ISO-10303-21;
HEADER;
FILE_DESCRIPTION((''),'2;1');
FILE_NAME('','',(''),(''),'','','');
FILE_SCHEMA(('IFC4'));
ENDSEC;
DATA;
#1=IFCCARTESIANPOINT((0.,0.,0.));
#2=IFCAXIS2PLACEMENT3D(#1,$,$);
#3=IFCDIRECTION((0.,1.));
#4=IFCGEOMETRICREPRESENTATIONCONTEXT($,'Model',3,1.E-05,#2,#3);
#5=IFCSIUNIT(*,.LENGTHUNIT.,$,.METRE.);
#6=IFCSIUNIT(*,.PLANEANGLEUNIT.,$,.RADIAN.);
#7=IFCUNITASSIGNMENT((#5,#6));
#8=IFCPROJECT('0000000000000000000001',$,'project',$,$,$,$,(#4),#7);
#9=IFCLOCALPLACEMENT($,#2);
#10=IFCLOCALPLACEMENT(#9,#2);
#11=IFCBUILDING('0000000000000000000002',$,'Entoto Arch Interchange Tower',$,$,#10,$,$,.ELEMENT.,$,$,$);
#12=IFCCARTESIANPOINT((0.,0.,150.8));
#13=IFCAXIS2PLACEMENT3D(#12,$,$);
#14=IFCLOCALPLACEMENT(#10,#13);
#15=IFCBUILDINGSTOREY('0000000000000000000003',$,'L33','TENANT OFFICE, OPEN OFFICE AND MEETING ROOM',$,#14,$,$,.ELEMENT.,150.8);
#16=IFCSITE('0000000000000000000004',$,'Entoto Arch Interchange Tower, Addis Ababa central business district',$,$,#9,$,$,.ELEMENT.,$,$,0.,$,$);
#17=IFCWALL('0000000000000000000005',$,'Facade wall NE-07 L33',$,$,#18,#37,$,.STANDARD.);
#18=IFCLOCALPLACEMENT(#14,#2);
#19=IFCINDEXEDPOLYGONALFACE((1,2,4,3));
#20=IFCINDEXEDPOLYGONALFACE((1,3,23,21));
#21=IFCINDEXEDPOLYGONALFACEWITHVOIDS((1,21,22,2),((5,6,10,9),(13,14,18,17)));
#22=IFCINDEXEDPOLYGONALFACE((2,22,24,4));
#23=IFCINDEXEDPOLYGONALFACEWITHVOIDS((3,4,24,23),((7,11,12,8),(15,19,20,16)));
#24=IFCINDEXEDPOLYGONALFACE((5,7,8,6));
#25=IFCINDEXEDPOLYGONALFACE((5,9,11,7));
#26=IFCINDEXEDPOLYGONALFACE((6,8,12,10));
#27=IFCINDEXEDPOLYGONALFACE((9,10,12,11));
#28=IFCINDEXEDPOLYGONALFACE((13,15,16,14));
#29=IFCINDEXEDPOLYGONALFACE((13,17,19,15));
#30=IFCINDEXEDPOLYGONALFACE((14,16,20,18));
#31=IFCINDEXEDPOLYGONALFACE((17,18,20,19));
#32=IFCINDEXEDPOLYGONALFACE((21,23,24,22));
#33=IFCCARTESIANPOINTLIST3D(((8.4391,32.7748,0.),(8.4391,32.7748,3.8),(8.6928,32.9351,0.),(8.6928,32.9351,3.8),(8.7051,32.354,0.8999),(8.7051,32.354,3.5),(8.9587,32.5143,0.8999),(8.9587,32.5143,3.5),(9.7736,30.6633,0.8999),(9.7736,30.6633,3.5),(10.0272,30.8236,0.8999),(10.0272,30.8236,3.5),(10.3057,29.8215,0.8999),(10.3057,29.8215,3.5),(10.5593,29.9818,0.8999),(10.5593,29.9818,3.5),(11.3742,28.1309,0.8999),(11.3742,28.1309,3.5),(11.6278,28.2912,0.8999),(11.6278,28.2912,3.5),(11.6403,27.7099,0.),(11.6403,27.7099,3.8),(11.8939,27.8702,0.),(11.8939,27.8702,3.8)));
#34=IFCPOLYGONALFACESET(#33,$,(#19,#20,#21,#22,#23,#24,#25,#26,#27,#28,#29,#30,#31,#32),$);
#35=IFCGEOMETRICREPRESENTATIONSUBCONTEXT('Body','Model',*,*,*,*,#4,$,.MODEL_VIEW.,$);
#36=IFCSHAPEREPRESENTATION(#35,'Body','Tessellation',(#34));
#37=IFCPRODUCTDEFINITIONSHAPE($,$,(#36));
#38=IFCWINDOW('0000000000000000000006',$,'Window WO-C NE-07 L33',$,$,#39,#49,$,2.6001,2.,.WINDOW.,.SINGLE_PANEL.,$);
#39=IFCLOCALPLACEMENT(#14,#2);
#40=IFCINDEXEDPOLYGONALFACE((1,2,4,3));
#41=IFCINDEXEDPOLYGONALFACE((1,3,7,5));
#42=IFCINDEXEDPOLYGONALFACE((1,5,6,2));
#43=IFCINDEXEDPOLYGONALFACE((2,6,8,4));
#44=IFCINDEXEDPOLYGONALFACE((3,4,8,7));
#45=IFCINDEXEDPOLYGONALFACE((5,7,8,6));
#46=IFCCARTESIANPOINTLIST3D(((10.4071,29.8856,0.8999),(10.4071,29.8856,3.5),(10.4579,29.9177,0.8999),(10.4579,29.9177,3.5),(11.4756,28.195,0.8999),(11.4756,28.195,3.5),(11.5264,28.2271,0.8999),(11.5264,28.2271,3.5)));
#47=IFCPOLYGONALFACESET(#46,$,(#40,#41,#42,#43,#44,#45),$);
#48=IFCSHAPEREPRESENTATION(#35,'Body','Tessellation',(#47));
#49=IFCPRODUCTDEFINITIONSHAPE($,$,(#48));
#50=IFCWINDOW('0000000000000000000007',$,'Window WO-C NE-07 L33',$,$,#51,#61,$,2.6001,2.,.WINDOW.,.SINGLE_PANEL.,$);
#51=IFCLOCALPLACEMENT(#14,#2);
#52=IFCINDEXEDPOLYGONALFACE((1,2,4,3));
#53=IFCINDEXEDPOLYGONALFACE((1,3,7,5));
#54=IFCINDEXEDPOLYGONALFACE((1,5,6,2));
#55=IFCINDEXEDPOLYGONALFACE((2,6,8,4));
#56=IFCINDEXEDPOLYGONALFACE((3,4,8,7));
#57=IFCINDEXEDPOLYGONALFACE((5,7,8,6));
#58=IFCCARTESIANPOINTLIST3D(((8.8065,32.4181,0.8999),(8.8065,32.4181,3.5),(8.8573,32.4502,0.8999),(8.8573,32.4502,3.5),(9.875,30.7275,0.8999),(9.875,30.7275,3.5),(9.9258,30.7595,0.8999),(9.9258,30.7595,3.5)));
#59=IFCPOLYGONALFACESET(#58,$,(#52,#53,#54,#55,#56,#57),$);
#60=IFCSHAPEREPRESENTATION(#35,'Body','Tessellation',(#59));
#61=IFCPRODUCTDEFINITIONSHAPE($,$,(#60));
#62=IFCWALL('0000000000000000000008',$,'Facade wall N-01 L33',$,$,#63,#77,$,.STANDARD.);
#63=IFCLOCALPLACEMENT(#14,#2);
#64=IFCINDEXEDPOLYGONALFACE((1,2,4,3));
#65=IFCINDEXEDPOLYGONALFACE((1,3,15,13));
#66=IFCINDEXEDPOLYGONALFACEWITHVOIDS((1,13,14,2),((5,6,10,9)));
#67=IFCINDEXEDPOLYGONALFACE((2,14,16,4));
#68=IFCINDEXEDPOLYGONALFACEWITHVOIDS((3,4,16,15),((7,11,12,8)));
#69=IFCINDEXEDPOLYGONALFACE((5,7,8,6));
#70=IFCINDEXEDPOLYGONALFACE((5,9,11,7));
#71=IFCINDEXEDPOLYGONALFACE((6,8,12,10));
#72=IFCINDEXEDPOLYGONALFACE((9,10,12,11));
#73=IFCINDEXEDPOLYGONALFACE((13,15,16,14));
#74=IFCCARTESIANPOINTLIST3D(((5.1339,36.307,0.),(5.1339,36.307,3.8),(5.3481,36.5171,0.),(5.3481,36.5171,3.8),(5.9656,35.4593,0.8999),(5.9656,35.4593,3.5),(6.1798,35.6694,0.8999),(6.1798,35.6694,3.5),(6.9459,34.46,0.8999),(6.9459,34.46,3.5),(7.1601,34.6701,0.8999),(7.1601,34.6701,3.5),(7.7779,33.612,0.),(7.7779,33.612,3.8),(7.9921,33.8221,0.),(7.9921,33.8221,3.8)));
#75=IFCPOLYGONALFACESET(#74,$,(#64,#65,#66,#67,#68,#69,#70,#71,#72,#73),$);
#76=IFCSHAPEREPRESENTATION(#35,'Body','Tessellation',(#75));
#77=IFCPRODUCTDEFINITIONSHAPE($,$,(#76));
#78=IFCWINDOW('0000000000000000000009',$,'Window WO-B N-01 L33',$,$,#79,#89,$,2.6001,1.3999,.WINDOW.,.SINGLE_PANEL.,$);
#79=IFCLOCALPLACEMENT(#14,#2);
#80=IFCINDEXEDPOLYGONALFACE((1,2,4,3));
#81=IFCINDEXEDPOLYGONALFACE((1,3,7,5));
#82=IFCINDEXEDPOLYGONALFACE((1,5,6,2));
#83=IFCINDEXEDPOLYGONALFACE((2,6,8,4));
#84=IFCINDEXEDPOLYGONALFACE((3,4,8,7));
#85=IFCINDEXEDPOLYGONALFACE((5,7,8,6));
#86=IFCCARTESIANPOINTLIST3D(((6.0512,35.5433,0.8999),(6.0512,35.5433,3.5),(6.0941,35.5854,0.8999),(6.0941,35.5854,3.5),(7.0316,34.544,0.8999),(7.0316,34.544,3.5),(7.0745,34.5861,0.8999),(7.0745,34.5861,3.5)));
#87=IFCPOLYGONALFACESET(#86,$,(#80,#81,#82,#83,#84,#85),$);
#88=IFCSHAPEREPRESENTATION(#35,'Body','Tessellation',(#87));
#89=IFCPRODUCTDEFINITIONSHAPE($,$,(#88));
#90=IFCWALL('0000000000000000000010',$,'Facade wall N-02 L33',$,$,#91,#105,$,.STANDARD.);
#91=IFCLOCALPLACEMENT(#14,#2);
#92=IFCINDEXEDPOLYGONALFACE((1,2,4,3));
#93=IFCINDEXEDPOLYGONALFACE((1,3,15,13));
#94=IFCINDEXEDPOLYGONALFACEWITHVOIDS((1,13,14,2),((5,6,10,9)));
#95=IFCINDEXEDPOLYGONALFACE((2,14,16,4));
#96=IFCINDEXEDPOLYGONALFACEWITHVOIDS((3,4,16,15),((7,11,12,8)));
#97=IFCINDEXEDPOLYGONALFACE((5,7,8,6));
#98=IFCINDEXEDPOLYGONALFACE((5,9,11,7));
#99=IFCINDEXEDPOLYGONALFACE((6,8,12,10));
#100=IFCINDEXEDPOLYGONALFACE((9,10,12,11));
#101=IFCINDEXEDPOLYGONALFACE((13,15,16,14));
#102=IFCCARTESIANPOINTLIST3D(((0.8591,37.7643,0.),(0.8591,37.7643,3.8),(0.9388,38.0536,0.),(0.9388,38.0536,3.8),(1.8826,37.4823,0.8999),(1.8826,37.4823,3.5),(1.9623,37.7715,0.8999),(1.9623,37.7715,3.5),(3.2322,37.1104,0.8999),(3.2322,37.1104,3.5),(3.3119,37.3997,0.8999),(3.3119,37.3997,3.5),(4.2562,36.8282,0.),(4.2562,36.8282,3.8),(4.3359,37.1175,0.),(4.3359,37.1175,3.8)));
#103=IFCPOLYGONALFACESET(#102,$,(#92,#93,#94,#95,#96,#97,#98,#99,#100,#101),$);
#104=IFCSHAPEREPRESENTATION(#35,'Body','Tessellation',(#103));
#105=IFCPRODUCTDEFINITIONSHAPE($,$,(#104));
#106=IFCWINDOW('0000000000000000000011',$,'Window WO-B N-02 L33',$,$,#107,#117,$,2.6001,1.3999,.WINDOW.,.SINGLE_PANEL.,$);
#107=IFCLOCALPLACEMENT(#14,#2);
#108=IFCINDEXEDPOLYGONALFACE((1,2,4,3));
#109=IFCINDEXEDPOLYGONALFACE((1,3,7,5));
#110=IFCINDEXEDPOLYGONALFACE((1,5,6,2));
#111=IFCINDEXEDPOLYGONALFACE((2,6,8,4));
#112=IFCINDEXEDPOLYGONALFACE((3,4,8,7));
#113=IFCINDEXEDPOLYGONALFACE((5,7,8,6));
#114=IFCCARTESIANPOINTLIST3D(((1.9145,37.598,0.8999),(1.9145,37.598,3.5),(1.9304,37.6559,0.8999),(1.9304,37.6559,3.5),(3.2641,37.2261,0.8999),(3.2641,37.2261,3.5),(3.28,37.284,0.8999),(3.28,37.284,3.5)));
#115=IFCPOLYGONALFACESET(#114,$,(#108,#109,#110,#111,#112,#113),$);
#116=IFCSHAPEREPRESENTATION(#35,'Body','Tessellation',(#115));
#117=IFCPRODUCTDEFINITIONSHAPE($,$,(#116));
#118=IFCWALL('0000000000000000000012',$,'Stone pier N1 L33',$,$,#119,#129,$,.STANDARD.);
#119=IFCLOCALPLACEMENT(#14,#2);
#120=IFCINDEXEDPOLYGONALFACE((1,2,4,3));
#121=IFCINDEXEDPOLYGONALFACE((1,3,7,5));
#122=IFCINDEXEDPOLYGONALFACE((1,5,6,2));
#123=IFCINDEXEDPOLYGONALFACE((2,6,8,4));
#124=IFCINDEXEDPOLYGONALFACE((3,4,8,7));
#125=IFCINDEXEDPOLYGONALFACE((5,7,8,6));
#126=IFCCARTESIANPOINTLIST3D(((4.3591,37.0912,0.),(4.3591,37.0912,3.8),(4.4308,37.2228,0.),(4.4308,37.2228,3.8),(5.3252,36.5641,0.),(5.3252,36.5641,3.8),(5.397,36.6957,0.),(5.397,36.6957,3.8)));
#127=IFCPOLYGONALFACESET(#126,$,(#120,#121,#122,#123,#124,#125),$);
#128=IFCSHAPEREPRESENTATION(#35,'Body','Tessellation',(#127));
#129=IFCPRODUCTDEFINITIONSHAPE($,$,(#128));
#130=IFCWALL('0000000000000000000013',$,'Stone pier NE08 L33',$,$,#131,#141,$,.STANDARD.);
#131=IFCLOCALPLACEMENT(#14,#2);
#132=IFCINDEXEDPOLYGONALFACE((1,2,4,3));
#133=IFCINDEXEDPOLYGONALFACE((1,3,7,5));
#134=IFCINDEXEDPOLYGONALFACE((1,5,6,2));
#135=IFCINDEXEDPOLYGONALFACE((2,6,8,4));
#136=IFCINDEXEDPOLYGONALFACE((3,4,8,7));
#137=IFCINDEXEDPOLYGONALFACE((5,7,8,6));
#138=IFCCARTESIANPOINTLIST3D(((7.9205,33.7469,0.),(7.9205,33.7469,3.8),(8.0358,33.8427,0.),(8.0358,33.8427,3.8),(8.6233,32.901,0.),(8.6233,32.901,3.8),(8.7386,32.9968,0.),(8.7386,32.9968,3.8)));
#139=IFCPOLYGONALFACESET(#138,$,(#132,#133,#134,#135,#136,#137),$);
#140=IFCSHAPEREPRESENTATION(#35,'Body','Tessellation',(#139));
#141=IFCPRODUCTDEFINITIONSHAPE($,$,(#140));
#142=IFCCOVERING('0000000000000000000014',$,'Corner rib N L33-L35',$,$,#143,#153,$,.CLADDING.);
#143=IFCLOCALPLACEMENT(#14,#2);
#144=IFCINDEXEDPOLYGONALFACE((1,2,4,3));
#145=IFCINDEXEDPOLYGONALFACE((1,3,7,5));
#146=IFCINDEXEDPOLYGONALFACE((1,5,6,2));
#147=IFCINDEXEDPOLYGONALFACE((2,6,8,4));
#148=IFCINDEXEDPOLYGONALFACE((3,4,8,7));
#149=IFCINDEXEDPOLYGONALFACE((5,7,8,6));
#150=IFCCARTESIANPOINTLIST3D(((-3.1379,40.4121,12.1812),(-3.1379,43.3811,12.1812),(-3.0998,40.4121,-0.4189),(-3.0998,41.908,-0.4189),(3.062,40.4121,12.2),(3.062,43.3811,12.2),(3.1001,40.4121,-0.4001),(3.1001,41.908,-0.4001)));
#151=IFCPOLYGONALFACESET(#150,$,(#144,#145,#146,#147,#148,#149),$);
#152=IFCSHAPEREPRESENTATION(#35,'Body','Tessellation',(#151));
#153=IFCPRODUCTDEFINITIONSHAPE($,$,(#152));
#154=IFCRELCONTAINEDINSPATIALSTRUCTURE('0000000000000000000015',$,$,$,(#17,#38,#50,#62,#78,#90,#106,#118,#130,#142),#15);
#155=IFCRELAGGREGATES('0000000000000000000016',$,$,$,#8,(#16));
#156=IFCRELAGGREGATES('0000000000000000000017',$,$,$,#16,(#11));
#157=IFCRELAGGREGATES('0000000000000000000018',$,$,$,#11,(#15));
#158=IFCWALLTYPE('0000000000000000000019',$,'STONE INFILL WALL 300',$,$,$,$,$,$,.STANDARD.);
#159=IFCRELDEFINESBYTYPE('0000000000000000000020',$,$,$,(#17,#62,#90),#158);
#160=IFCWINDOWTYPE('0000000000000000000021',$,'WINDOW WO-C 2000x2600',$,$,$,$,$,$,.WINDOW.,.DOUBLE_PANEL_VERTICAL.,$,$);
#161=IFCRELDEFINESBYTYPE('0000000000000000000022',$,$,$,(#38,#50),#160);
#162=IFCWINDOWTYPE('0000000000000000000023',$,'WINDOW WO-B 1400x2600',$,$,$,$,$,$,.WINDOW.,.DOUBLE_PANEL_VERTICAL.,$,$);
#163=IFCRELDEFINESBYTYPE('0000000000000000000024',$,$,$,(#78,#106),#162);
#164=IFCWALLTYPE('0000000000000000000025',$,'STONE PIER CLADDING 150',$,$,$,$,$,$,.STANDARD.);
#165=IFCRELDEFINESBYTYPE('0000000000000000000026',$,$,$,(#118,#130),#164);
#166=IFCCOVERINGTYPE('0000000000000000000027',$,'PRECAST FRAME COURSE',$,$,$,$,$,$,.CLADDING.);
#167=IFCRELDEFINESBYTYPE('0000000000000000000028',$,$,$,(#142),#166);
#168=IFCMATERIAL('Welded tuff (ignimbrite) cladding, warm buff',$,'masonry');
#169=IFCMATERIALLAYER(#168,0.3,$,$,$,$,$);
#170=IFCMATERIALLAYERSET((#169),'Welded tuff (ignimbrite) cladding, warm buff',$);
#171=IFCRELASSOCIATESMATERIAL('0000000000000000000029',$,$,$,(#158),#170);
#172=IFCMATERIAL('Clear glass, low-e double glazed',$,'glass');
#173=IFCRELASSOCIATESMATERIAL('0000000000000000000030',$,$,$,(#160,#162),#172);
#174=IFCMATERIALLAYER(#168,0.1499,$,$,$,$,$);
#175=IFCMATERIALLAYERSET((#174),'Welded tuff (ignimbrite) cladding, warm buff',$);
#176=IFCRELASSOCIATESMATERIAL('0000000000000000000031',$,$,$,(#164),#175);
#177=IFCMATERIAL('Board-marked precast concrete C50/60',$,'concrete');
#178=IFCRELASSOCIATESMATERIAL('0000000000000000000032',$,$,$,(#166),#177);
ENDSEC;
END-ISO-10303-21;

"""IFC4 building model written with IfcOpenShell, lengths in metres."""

from ifc_helpers import new_model, si_unit, direction, frame, frame_2d, origin, place, context, subcontext, project, spatial, polyline, rectangle, outline, extrude, material, layer, layer_set, type_object, element, fill, save


model = new_model("IFC4")

# Units and contexts
model_context = context("Model", 3, precision=1e-05, world=origin(), true_north=direction((0.0, 1.0)))
body_context = subcontext(model_context, "Body", "Model", "MODEL_VIEW")
ifc_project = project(units=[si_unit("LENGTHUNIT", "METRE"), si_unit("PLANEANGLEUNIT", "RADIAN")], contexts=[model_context])

# Site, building, storey
site_placement = place(None, origin())
site = spatial("IfcSite", under=ifc_project, at=site_placement, Name="Entoto Arch Interchange Tower, Addis Ababa central business district", CompositionType="ELEMENT", RefElevation=0.0)
building_placement = place(site_placement, origin())
building = spatial("IfcBuilding", under=site, at=building_placement, Name="Entoto Arch Interchange Tower", CompositionType="ELEMENT")
storey_placement = place(building_placement, frame((0.0, 0.0, 150.8)))
storey = spatial("IfcBuildingStorey", under=building, at=storey_placement, Name="L33", Description="TENANT OFFICE, OPEN OFFICE AND MEETING ROOM", CompositionType="ELEMENT", Elevation=150.8)

# Wall, openings, windows
ifc_material_1 = material(Name="Welded tuff (ignimbrite) cladding, warm buff", Category="masonry")
ifc_layer_1 = layer(ifc_material_1, 0.3)
ifc_layer_set_1 = layer_set([ifc_layer_1], Name="Welded tuff (ignimbrite) cladding, warm buff")
wall_type_1 = type_object("IfcWallType", Name="STONE INFILL WALL 300", PredefinedType="STANDARD", material=ifc_layer_set_1)
wall_1_placement = place(storey_placement, frame((11.7671, 27.79, 0.0), z_axis=(0.0, 0.0, 1.0), x_axis=(-0.534263, 0.845318, 0.0)))
wall_1 = element("IfcWall", 1, at=wall_1_placement, inside=storey, type_object=wall_type_1, Name="Facade wall NE-07 L33", PredefinedType="STANDARD", context=body_context, shape_type="SweptSolid", body=[
    extrude(rectangle(XDim=5.9917, YDim=0.3, at=frame_2d((2.9958, 0.0))), origin(), (0.0, 0.0, 1.0), 3.8),
])
opening_1_placement = place(wall_1_placement, frame((0.498, 0.0, 0.8999)))
opening_1 = element("IfcOpeningElement", 2, at=opening_1_placement, cuts=wall_1, PredefinedType="OPENING", context=body_context, shape_type="SweptSolid", body=[
    extrude(rectangle(XDim=2.0, YDim=2.6001, at=frame_2d((1.0, 1.3))), frame((0.0, 0.1602, 0.0), z_axis=(0.0, -1.0, 0.0), x_axis=(1.0, 0.0, 0.0)), (0.0, 0.0, 1.0), 0.3201),
])
opening_2_placement = place(wall_1_placement, frame((3.4939, 0.0, 0.8999)))
opening_2 = element("IfcOpeningElement", 3, at=opening_2_placement, cuts=wall_1, PredefinedType="OPENING", context=body_context, shape_type="SweptSolid", body=[
    extrude(rectangle(XDim=2.0, YDim=2.6001, at=frame_2d((1.0, 1.3))), frame((0.0, 0.1602, 0.0), z_axis=(0.0, -1.0, 0.0), x_axis=(1.0, 0.0, 0.0)), (0.0, 0.0, 1.0), 0.3201),
])
ifc_material_2 = material(Name="Clear glass, low-e double glazed", Category="glass")
window_type_1 = type_object("IfcWindowType", Name="WINDOW WO-C 2000x2600", PartitioningType="DOUBLE_PANEL_VERTICAL", PredefinedType="WINDOW", material=ifc_material_2)
window_1_placement = place(opening_1_placement, origin())
window_1 = element("IfcWindow", 4, at=window_1_placement, inside=storey, type_object=window_type_1, Name="Window WO-C NE-07 L33", OverallHeight=2.6001, OverallWidth=2.0, PartitioningType="SINGLE_PANEL", PredefinedType="WINDOW", context=body_context, shape_type="SweptSolid", body=[
    extrude(rectangle(XDim=2.0, YDim=2.6001, at=frame_2d((1.0, 1.3))), frame((0.0, 0.03, 0.0), z_axis=(0.0, -1.0, 0.0), x_axis=(1.0, 0.0, 0.0)), (0.0, 0.0, 1.0), 0.0601),
])
fill(opening_1, window_1)
window_2_placement = place(opening_2_placement, origin())
window_2 = element("IfcWindow", 5, at=window_2_placement, inside=storey, type_object=window_type_1, Name="Window WO-C NE-07 L33", OverallHeight=2.6001, OverallWidth=2.0, PartitioningType="SINGLE_PANEL", PredefinedType="WINDOW", context=body_context, shape_type="SweptSolid", body=[
    extrude(rectangle(XDim=2.0, YDim=2.6001, at=frame_2d((1.0, 1.3))), frame((0.0, 0.03, 0.0), z_axis=(0.0, -1.0, 0.0), x_axis=(1.0, 0.0, 0.0)), (0.0, 0.0, 1.0), 0.0601),
])
fill(opening_2, window_2)

# Walls, openings, windows
wall_2_placement = place(storey_placement, frame((7.885, 33.717, 0.0), z_axis=(0.0, 0.0, 1.0), x_axis=(-0.700317, 0.713832, 0.0)))
wall_2 = element("IfcWall", 6, at=wall_2_placement, inside=storey, type_object=wall_type_1, Name="Facade wall N-01 L33", PredefinedType="STANDARD", context=body_context, shape_type="SweptSolid", body=[
    extrude(rectangle(XDim=3.7754, YDim=0.3, at=frame_2d((1.8877, 0.0))), origin(), (0.0, 0.0, 1.0), 3.8),
])
opening_3_placement = place(wall_2_placement, frame((1.188, 0.0, 0.8999)))
opening_3 = element("IfcOpeningElement", 7, at=opening_3_placement, cuts=wall_2, PredefinedType="OPENING", context=body_context, shape_type="SweptSolid", body=[
    extrude(rectangle(XDim=1.3999, YDim=2.6001, at=frame_2d((0.7, 1.3))), frame((0.0, 0.1602, 0.0), z_axis=(0.0, -1.0, 0.0), x_axis=(1.0, 0.0, 0.0)), (0.0, 0.0, 1.0), 0.3201),
])
window_type_2 = type_object("IfcWindowType", Name="WINDOW WO-B 1400x2600", PartitioningType="DOUBLE_PANEL_VERTICAL", PredefinedType="WINDOW", material=ifc_material_2)
window_3_placement = place(opening_3_placement, origin())
window_3 = element("IfcWindow", 8, at=window_3_placement, inside=storey, type_object=window_type_2, Name="Window WO-B N-01 L33", OverallHeight=2.6001, OverallWidth=1.3999, PartitioningType="SINGLE_PANEL", PredefinedType="WINDOW", context=body_context, shape_type="SweptSolid", body=[
    extrude(rectangle(XDim=1.3999, YDim=2.6001, at=frame_2d((0.7, 1.3))), frame((0.0, 0.03, 0.0), z_axis=(0.0, -1.0, 0.0), x_axis=(1.0, 0.0, 0.0)), (0.0, 0.0, 1.0), 0.0601),
])
fill(opening_3, window_3)
wall_3_placement = place(storey_placement, frame((4.2959, 36.9729, 0.0), z_axis=(0.0, 0.0, 1.0), x_axis=(-0.96407, 0.265649, 0.0)))
wall_3 = element("IfcWall", 9, at=wall_3_placement, inside=storey, type_object=wall_type_1, Name="Facade wall N-02 L33", PredefinedType="STANDARD", context=body_context, shape_type="SweptSolid", body=[
    extrude(rectangle(XDim=3.5237, YDim=0.3, at=frame_2d((1.7617, 0.0))), origin(), (0.0, 0.0, 1.0), 3.8),
])
opening_4_placement = place(wall_3_placement, frame((1.062, 0.0, 0.8999)))
opening_4 = element("IfcOpeningElement", 10, at=opening_4_placement, cuts=wall_3, PredefinedType="OPENING", context=body_context, shape_type="SweptSolid", body=[
    extrude(rectangle(XDim=1.3999, YDim=2.6001, at=frame_2d((0.7, 1.3))), frame((0.0, 0.1602, 0.0), z_axis=(0.0, -1.0, 0.0), x_axis=(1.0, 0.0, 0.0)), (0.0, 0.0, 1.0), 0.3201),
])
window_4_placement = place(opening_4_placement, origin())
window_4 = element("IfcWindow", 11, at=window_4_placement, inside=storey, type_object=window_type_2, Name="Window WO-B N-02 L33", OverallHeight=2.6001, OverallWidth=1.3999, PartitioningType="SINGLE_PANEL", PredefinedType="WINDOW", context=body_context, shape_type="SweptSolid", body=[
    extrude(rectangle(XDim=1.3999, YDim=2.6001, at=frame_2d((0.7, 1.3))), frame((0.0, 0.03, 0.0), z_axis=(0.0, -1.0, 0.0), x_axis=(1.0, 0.0, 0.0)), (0.0, 0.0, 1.0), 0.0601),
])
fill(opening_4, window_4)

# Walls
ifc_layer_2 = layer(ifc_material_1, 0.1499)
ifc_layer_set_2 = layer_set([ifc_layer_2], Name="Welded tuff (ignimbrite) cladding, warm buff")
wall_type_2 = type_object("IfcWallType", Name="STONE PIER CLADDING 150", PredefinedType="STANDARD", material=ifc_layer_set_2)
wall_4_placement = place(storey_placement, frame((5.3611, 36.6299, 0.0), z_axis=(0.0, 0.0, 1.0), x_axis=(-0.877836, 0.478961, 0.0)))
element("IfcWall", 12, at=wall_4_placement, inside=storey, type_object=wall_type_2, Name="Stone pier N1 L33", PredefinedType="STANDARD", context=body_context, shape_type="SweptSolid", body=[
    extrude(rectangle(XDim=1.1006, YDim=0.1499, at=frame_2d((0.5503, 0.0))), origin(), (0.0, 0.0, 1.0), 3.8),
])
wall_5_placement = place(storey_placement, frame((8.6809, 32.949, 0.0), z_axis=(0.0, 0.0, 1.0), x_axis=(-0.63907, 0.769148, 0.0)))
element("IfcWall", 13, at=wall_5_placement, inside=storey, type_object=wall_type_2, Name="Stone pier NE08 L33", PredefinedType="STANDARD", context=body_context, shape_type="SweptSolid", body=[
    extrude(rectangle(XDim=1.0999, YDim=0.1499, at=frame_2d((0.5498, 0.0))), origin(), (0.0, 0.0, 1.0), 3.8),
])

# Covering
ifc_material_3 = material(Name="Board-marked precast concrete C50/60", Category="concrete")
covering_type = type_object("IfcCoveringType", Name="PRECAST FRAME COURSE", PredefinedType="CLADDING", material=ifc_material_3)
covering_placement = place(storey_placement, frame((3.1001, 40.4121, -0.4001), z_axis=(0.999995, 0.0, 0.003023), x_axis=(0.0, 1.0, 0.0)))
element("IfcCovering", 14, at=covering_placement, inside=storey, type_object=covering_type, Name="Corner rib N L33-L35", PredefinedType="CLADDING", context=body_context, shape_type="SweptSolid", body=[
    extrude(outline(polyline([(0.0, 0.0), (1.4958, 0.0), (2.969, 12.6002), (0.0, 12.6002), (0.0, 0.0)])), origin(), (0.0, 0.0, -1.0), 6.2),
])

save(model, "model.ifc")
